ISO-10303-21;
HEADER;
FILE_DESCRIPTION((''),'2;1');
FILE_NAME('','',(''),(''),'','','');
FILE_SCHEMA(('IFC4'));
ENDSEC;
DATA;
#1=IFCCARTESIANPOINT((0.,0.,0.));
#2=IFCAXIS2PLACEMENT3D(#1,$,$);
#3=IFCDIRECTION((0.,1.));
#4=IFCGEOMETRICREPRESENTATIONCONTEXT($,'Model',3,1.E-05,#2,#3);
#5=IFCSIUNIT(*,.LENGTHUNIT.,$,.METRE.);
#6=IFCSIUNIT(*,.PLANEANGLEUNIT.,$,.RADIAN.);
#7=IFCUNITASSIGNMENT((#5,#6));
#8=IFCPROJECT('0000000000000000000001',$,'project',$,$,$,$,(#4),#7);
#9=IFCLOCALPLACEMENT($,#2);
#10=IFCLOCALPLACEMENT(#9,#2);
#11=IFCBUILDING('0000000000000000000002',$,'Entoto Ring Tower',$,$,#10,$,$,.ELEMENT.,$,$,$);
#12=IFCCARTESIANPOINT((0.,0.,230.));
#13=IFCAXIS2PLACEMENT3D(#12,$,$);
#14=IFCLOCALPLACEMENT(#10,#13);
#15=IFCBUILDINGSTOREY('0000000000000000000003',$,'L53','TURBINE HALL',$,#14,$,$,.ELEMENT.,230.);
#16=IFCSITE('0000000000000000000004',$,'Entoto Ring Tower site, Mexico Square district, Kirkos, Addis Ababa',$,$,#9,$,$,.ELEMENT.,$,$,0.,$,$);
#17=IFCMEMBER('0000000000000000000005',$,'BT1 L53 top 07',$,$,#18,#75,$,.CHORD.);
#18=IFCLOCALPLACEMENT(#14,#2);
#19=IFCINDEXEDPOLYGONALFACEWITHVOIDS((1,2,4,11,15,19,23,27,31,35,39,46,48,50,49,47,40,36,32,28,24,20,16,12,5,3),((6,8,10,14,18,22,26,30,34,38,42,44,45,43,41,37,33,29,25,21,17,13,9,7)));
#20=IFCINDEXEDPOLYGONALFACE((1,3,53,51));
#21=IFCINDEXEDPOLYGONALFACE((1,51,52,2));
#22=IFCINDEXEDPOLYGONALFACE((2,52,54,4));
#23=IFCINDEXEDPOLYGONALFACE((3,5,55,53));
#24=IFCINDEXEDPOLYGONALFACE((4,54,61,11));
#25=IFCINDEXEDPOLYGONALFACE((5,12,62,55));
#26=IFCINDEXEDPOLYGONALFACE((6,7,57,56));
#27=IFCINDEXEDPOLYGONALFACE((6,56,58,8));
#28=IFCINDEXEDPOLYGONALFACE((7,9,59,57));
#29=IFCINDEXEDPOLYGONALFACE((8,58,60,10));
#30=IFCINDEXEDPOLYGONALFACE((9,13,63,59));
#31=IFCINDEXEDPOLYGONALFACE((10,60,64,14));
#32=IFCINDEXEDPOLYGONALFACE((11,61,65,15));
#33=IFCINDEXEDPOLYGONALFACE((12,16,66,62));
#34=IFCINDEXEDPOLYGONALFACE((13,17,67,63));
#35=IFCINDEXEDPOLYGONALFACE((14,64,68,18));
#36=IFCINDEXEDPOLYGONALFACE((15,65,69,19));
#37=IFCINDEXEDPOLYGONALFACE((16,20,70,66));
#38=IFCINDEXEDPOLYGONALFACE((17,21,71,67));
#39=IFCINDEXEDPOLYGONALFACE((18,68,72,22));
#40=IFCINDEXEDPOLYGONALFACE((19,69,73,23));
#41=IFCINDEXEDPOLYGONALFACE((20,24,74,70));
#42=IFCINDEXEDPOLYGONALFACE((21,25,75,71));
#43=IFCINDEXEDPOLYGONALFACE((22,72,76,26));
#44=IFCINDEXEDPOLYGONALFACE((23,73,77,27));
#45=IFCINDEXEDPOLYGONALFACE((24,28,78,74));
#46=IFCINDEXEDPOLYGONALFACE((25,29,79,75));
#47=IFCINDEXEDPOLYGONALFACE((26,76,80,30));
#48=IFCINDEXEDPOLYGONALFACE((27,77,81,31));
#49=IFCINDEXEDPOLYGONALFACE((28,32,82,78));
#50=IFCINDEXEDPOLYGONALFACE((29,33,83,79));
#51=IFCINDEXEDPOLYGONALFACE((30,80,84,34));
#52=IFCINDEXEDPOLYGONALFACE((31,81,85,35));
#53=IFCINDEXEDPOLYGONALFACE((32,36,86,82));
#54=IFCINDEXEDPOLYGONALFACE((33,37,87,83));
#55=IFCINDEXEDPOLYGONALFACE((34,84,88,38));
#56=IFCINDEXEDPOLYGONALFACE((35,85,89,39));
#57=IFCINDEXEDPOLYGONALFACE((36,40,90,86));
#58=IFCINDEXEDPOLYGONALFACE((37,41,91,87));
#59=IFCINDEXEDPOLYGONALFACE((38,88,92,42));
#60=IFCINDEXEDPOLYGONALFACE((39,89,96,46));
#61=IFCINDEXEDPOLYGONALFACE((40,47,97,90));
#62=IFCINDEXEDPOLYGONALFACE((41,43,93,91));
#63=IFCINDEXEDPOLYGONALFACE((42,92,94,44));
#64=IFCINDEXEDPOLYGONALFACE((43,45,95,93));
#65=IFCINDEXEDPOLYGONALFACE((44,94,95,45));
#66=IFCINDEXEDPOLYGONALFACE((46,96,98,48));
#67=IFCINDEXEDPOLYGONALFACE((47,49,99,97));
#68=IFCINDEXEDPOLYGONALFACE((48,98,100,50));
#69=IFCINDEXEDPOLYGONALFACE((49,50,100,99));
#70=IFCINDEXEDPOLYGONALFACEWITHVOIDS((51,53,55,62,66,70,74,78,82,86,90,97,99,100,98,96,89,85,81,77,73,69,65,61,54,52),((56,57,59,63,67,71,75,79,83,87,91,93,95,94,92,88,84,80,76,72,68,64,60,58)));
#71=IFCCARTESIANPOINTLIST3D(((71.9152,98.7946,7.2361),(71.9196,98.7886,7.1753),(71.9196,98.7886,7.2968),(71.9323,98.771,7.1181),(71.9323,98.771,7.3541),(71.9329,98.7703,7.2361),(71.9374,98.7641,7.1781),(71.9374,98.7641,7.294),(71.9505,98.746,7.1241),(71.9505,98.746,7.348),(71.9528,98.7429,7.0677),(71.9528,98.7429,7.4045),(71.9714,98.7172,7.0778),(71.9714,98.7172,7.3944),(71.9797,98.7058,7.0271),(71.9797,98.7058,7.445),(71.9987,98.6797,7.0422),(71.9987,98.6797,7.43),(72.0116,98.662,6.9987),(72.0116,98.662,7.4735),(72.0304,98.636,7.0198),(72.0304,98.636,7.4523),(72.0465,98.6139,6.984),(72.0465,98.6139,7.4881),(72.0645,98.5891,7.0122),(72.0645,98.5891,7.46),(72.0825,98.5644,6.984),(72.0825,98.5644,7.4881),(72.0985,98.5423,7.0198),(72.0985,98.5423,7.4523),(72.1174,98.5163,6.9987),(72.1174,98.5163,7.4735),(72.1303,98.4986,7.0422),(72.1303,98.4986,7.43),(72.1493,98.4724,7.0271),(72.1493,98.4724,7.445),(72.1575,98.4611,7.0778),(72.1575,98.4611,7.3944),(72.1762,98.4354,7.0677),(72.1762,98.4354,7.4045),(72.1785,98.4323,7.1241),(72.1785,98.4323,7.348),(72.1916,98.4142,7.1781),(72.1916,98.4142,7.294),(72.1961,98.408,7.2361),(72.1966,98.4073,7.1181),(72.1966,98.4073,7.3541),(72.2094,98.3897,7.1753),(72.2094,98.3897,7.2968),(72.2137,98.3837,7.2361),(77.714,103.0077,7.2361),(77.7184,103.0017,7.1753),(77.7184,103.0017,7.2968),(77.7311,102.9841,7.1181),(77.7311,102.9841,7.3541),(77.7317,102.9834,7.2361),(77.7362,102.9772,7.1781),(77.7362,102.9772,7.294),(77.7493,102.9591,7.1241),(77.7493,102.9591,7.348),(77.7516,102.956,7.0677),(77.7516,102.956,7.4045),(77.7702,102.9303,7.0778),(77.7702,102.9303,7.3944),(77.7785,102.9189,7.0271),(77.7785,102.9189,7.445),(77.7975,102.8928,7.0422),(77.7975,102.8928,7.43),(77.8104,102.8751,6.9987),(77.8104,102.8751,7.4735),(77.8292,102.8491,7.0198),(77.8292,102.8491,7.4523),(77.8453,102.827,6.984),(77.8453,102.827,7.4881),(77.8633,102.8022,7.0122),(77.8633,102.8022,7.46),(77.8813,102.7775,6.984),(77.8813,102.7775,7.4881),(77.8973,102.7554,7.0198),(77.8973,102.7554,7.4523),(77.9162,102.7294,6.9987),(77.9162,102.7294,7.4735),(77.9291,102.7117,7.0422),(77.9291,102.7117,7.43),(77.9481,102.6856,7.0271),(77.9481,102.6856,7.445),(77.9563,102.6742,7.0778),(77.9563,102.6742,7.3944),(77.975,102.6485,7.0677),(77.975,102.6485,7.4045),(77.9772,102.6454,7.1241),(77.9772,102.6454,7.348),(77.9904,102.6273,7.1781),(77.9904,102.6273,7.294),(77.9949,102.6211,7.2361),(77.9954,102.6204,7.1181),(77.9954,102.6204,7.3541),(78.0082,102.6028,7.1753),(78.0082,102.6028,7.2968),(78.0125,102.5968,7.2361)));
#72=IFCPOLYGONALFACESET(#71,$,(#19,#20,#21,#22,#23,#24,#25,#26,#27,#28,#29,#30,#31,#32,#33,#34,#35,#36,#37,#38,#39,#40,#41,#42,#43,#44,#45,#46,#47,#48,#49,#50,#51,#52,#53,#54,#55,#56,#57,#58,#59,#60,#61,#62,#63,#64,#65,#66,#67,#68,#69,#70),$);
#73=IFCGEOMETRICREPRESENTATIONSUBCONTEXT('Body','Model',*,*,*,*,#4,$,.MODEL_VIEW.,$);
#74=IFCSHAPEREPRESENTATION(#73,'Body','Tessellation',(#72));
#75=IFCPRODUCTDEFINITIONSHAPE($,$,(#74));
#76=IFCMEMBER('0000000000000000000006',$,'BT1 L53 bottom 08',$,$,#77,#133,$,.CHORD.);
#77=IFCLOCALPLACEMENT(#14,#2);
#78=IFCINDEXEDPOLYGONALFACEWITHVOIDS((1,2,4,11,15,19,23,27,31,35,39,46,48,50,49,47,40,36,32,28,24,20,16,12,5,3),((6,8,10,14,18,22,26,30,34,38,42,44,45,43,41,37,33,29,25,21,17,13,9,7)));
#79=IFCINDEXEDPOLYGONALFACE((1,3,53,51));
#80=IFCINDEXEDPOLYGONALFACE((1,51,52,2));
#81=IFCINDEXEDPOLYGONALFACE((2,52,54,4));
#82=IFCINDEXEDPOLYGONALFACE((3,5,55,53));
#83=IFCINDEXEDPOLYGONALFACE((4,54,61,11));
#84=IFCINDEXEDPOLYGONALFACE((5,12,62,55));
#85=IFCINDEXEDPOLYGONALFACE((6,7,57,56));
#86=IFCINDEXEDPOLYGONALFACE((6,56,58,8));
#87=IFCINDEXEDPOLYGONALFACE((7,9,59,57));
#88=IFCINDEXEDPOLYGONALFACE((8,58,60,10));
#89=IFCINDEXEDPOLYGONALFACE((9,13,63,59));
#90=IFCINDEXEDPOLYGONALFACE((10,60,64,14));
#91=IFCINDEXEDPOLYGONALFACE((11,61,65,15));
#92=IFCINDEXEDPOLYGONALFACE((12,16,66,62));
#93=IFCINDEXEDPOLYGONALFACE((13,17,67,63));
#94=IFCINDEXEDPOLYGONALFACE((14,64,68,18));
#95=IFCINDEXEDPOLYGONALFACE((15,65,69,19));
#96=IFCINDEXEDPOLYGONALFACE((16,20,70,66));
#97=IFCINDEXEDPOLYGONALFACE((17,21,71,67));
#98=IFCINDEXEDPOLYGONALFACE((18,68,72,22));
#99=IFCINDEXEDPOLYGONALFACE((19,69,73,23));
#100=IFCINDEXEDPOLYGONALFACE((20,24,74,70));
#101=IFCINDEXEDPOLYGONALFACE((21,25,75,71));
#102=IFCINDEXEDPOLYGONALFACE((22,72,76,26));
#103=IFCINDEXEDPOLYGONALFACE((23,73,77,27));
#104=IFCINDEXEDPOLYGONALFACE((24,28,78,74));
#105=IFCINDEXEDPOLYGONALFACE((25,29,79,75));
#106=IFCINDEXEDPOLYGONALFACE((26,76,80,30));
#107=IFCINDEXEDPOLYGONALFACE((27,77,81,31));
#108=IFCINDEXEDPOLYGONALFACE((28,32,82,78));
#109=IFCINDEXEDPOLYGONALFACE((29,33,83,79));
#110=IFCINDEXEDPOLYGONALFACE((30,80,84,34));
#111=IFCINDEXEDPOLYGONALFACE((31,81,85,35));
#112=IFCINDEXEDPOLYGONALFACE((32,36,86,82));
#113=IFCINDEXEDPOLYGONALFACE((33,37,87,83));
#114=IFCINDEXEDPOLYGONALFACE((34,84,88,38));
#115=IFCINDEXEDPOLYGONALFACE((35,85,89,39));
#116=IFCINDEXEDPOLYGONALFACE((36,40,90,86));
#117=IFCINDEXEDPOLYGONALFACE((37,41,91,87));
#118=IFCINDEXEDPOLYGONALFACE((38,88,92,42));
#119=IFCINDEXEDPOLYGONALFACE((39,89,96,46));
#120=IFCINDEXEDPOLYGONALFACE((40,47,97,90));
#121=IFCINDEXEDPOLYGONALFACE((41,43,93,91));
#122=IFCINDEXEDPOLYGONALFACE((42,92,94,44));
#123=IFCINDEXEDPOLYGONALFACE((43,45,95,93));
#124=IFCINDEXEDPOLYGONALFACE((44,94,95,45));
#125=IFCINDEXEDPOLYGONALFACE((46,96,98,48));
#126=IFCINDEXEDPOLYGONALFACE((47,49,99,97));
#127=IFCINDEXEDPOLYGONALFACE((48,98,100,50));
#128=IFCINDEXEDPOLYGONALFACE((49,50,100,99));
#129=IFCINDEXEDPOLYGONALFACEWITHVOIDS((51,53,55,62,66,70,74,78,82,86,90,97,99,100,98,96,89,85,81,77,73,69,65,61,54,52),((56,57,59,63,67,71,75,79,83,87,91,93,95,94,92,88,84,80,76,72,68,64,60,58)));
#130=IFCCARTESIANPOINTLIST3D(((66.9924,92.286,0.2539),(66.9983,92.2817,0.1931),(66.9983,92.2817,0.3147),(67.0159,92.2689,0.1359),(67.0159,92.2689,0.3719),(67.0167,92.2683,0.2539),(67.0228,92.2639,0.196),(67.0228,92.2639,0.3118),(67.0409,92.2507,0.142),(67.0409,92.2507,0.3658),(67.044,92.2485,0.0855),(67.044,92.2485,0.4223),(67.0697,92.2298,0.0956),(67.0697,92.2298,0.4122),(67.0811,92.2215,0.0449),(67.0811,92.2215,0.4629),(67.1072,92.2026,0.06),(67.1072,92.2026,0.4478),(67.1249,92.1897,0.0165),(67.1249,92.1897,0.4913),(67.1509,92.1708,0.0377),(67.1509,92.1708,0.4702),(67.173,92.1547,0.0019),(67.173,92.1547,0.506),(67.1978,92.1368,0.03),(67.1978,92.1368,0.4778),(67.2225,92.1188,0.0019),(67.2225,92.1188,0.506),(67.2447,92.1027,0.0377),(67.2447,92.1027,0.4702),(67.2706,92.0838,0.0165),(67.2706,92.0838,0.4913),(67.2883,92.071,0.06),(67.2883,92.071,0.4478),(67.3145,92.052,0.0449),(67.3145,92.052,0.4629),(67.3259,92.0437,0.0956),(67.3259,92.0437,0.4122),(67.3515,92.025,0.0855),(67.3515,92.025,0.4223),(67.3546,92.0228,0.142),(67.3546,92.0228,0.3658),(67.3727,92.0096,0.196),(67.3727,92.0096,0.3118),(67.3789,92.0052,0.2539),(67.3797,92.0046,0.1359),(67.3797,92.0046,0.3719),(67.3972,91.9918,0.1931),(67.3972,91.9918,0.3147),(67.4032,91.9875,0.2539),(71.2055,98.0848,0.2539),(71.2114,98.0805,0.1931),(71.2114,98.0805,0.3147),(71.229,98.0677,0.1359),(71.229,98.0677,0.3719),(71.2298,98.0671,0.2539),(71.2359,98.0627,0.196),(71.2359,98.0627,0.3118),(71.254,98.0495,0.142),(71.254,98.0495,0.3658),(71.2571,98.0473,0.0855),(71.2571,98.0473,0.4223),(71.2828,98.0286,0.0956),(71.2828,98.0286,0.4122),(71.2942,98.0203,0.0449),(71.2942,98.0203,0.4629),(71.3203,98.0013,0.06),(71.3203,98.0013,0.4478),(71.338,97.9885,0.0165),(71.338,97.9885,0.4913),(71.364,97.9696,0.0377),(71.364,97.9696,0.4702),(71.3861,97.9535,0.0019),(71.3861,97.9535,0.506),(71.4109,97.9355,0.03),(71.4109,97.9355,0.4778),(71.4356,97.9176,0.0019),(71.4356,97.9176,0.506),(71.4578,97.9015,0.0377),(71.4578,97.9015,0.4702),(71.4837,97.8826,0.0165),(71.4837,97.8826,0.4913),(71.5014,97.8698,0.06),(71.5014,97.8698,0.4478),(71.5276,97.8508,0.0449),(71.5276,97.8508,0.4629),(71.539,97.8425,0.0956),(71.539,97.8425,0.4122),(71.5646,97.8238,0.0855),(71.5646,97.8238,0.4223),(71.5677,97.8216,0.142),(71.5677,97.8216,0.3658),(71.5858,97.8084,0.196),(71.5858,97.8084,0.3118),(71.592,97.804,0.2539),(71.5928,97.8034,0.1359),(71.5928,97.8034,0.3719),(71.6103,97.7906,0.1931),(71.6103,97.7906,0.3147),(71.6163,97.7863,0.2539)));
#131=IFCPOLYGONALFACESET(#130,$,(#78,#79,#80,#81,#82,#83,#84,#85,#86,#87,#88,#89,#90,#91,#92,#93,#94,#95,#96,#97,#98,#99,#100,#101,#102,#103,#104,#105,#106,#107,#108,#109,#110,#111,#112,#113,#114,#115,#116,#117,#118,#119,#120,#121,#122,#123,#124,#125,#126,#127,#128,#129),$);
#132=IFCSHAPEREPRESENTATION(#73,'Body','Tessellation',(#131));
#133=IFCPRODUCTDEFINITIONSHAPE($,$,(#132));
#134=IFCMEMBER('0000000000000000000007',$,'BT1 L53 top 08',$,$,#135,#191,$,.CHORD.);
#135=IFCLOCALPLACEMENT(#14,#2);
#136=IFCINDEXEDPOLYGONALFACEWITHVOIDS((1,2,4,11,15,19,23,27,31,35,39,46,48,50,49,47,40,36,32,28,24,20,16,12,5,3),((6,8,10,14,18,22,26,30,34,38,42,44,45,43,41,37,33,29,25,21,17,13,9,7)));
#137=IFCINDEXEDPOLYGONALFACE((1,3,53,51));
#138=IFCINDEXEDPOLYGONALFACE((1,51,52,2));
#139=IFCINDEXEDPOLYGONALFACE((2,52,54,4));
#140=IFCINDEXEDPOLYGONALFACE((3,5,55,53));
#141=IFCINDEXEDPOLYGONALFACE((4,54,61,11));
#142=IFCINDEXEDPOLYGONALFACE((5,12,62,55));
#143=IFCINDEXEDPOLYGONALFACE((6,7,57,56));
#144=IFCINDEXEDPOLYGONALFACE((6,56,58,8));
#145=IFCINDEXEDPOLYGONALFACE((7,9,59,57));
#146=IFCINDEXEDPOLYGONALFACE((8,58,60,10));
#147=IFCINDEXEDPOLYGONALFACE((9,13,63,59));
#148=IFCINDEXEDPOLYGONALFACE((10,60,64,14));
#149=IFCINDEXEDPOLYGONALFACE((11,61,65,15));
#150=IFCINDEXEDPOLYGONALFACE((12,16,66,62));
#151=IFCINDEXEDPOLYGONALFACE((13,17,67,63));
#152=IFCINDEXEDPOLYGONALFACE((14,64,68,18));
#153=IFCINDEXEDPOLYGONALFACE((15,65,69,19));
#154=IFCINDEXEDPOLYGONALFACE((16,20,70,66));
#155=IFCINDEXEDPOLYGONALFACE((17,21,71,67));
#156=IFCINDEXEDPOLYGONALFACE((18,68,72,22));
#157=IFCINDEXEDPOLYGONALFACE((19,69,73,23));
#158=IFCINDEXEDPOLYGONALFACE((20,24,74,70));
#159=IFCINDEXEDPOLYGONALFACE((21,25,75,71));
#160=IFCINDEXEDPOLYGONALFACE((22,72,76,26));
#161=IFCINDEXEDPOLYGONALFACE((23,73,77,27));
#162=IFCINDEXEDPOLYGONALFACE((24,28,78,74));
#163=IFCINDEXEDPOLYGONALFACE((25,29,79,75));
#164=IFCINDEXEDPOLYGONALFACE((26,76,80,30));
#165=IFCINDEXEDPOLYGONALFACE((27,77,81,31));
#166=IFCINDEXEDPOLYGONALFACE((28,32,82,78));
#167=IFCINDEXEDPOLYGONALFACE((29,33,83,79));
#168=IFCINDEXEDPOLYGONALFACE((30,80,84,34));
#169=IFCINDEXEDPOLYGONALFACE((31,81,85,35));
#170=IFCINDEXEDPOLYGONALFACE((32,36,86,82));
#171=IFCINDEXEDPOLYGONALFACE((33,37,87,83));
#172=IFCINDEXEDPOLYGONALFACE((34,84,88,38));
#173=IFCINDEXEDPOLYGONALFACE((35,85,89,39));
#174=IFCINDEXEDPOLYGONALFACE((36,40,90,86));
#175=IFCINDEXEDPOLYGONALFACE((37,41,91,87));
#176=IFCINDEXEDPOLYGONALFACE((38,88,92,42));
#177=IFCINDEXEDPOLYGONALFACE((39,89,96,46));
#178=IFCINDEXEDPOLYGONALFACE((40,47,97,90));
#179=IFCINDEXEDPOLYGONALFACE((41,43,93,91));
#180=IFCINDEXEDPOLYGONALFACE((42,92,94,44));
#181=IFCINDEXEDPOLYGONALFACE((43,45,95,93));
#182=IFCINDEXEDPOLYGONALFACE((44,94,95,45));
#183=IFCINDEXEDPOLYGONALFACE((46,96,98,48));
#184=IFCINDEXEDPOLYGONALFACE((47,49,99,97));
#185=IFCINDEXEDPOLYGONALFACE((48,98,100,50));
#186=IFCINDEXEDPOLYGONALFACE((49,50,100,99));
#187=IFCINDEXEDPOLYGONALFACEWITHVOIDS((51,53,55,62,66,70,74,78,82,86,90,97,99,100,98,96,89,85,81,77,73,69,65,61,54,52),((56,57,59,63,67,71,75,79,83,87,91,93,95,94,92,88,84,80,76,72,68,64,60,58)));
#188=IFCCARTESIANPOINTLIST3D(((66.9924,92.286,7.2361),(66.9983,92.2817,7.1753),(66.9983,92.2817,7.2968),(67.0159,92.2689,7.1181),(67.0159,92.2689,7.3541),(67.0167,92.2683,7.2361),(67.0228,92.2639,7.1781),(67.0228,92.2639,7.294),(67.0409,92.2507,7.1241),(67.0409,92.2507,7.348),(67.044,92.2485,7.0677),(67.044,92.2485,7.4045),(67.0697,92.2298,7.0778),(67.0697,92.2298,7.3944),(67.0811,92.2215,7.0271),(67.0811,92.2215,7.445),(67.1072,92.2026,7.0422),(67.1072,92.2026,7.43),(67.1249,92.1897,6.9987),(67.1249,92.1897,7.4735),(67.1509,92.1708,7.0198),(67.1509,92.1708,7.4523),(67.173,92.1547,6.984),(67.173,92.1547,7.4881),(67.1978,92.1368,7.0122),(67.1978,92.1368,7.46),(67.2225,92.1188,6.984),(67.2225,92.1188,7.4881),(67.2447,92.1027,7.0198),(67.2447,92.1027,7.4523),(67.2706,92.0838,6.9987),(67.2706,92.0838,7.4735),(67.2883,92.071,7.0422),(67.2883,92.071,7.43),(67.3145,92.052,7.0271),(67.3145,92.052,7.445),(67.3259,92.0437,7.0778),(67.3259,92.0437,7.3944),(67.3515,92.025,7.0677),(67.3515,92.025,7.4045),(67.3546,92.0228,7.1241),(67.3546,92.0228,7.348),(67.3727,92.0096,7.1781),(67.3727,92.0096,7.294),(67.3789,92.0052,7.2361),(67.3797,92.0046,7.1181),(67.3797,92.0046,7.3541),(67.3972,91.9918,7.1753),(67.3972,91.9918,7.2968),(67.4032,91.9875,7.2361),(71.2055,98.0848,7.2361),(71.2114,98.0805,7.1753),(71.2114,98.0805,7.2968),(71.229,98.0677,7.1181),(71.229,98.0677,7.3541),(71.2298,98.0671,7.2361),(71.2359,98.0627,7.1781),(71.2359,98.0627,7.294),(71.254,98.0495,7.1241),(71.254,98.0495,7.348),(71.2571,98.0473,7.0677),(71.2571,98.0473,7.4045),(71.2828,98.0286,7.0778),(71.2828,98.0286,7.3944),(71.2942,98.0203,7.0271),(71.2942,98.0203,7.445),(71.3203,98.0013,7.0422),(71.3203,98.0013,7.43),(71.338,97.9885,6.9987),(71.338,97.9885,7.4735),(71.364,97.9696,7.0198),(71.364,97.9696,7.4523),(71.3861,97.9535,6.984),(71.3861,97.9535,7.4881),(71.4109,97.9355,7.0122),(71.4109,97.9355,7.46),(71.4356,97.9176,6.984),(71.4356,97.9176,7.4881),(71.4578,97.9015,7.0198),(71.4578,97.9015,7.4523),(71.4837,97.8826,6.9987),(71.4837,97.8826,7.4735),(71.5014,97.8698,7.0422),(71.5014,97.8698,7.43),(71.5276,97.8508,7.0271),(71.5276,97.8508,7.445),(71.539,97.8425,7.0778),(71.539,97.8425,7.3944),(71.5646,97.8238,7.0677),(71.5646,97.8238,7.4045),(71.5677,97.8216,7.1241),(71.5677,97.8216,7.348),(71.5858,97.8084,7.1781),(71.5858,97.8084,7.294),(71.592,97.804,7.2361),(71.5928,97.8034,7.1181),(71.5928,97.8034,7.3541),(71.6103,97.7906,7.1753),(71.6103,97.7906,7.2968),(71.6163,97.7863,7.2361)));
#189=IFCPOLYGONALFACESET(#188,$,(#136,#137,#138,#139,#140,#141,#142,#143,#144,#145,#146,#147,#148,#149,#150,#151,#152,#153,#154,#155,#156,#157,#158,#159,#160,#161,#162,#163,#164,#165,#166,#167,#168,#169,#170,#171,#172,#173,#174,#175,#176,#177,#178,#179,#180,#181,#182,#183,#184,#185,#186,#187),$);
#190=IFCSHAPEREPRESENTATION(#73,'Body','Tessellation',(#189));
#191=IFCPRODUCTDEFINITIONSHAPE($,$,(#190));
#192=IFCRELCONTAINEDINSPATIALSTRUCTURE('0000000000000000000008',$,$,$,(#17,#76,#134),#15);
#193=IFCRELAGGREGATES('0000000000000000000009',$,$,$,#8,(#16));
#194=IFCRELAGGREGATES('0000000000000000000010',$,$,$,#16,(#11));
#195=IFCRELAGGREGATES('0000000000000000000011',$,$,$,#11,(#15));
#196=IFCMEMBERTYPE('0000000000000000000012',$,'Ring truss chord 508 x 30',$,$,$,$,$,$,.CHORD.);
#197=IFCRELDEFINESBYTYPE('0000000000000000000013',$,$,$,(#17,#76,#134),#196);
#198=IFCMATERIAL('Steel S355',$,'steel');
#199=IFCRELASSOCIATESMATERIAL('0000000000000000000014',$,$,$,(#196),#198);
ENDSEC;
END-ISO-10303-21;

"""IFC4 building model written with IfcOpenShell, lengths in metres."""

from ifc_helpers import new_model, si_unit, direction, frame, origin, origin_2d, place, context, subcontext, project, spatial, circle, hollow_circle, extrude, material, material_profile, profile_set, type_object, element, save


model = new_model("IFC4")

# Units and contexts
model_context = context("Model", 3, precision=1e-05, world=origin(), true_north=direction((0.0, 1.0)))
body_context = subcontext(model_context, "Body", "Model", "MODEL_VIEW")
ifc_project = project(units=[si_unit("LENGTHUNIT", "METRE"), si_unit("PLANEANGLEUNIT", "RADIAN")], contexts=[model_context])

# Site, building, storey
site_placement = place(None, origin())
site = spatial("IfcSite", under=ifc_project, at=site_placement, Name="Entoto Ring Tower site, Mexico Square district, Kirkos, Addis Ababa", CompositionType="ELEMENT", RefElevation=0.0)
building_placement = place(site_placement, origin())
building = spatial("IfcBuilding", under=site, at=building_placement, Name="Entoto Ring Tower", CompositionType="ELEMENT")
storey_placement = place(building_placement, frame((0.0, 0.0, 230.0)))
storey = spatial("IfcBuildingStorey", under=building, at=storey_placement, Name="L53", Description="TURBINE HALL", CompositionType="ELEMENT", Elevation=230.0)

# Members
ifc_material_1 = material(Name="Steel S355", Category="steel")
ifc_material_profile_1 = material_profile(ifc_material_1, hollow_circle(Radius=0.2539, WallThickness=0.03, at=origin_2d()), Name="CHS 508 x 30")
ifc_material_2 = material(Name="Concrete C60/75", Category="concrete")
ifc_material_profile_2 = material_profile(ifc_material_2, circle(Radius=0.2241, at=origin_2d()), Name="Concrete C60/75 infill")
ifc_profile_set_1 = profile_set([ifc_material_profile_1, ifc_material_profile_2], Name="Steel S355")
member_type_1 = type_object("IfcMemberType", Name="Ring truss chord 508 x 30", PredefinedType="CHORD", material=ifc_profile_set_1)
for number, where, z_axis, x_axis, name in (
    (1, (77.8633, 102.8022, 7.2361), (-0.809014, -0.587789, 0.0), (0.587789, -0.809014, 0.0), "BT1 L53 top 07"),
    (2, (71.4109, 97.9355, 0.2539), (-0.587789, -0.809014, 0.0), (0.809014, -0.587789, 0.0), "BT1 L53 bottom 08"),
    (3, (71.4109, 97.9355, 7.2361), (-0.587789, -0.809014, 0.0), (0.809014, -0.587789, 0.0), "BT1 L53 top 08"),
):
    element("IfcMember", number, at=place(storey_placement, frame(where, z_axis=z_axis, x_axis=x_axis)), inside=storey, type_object=member_type_1, Name=name, PredefinedType="CHORD", context=body_context, shape_type="SweptSolid", body=[
        extrude(hollow_circle(Radius=0.2539, WallThickness=0.03, at=origin_2d()), origin(), (0.0, 0.0, 1.0), 7.1677),
    ])

save(model, "model.ifc")
